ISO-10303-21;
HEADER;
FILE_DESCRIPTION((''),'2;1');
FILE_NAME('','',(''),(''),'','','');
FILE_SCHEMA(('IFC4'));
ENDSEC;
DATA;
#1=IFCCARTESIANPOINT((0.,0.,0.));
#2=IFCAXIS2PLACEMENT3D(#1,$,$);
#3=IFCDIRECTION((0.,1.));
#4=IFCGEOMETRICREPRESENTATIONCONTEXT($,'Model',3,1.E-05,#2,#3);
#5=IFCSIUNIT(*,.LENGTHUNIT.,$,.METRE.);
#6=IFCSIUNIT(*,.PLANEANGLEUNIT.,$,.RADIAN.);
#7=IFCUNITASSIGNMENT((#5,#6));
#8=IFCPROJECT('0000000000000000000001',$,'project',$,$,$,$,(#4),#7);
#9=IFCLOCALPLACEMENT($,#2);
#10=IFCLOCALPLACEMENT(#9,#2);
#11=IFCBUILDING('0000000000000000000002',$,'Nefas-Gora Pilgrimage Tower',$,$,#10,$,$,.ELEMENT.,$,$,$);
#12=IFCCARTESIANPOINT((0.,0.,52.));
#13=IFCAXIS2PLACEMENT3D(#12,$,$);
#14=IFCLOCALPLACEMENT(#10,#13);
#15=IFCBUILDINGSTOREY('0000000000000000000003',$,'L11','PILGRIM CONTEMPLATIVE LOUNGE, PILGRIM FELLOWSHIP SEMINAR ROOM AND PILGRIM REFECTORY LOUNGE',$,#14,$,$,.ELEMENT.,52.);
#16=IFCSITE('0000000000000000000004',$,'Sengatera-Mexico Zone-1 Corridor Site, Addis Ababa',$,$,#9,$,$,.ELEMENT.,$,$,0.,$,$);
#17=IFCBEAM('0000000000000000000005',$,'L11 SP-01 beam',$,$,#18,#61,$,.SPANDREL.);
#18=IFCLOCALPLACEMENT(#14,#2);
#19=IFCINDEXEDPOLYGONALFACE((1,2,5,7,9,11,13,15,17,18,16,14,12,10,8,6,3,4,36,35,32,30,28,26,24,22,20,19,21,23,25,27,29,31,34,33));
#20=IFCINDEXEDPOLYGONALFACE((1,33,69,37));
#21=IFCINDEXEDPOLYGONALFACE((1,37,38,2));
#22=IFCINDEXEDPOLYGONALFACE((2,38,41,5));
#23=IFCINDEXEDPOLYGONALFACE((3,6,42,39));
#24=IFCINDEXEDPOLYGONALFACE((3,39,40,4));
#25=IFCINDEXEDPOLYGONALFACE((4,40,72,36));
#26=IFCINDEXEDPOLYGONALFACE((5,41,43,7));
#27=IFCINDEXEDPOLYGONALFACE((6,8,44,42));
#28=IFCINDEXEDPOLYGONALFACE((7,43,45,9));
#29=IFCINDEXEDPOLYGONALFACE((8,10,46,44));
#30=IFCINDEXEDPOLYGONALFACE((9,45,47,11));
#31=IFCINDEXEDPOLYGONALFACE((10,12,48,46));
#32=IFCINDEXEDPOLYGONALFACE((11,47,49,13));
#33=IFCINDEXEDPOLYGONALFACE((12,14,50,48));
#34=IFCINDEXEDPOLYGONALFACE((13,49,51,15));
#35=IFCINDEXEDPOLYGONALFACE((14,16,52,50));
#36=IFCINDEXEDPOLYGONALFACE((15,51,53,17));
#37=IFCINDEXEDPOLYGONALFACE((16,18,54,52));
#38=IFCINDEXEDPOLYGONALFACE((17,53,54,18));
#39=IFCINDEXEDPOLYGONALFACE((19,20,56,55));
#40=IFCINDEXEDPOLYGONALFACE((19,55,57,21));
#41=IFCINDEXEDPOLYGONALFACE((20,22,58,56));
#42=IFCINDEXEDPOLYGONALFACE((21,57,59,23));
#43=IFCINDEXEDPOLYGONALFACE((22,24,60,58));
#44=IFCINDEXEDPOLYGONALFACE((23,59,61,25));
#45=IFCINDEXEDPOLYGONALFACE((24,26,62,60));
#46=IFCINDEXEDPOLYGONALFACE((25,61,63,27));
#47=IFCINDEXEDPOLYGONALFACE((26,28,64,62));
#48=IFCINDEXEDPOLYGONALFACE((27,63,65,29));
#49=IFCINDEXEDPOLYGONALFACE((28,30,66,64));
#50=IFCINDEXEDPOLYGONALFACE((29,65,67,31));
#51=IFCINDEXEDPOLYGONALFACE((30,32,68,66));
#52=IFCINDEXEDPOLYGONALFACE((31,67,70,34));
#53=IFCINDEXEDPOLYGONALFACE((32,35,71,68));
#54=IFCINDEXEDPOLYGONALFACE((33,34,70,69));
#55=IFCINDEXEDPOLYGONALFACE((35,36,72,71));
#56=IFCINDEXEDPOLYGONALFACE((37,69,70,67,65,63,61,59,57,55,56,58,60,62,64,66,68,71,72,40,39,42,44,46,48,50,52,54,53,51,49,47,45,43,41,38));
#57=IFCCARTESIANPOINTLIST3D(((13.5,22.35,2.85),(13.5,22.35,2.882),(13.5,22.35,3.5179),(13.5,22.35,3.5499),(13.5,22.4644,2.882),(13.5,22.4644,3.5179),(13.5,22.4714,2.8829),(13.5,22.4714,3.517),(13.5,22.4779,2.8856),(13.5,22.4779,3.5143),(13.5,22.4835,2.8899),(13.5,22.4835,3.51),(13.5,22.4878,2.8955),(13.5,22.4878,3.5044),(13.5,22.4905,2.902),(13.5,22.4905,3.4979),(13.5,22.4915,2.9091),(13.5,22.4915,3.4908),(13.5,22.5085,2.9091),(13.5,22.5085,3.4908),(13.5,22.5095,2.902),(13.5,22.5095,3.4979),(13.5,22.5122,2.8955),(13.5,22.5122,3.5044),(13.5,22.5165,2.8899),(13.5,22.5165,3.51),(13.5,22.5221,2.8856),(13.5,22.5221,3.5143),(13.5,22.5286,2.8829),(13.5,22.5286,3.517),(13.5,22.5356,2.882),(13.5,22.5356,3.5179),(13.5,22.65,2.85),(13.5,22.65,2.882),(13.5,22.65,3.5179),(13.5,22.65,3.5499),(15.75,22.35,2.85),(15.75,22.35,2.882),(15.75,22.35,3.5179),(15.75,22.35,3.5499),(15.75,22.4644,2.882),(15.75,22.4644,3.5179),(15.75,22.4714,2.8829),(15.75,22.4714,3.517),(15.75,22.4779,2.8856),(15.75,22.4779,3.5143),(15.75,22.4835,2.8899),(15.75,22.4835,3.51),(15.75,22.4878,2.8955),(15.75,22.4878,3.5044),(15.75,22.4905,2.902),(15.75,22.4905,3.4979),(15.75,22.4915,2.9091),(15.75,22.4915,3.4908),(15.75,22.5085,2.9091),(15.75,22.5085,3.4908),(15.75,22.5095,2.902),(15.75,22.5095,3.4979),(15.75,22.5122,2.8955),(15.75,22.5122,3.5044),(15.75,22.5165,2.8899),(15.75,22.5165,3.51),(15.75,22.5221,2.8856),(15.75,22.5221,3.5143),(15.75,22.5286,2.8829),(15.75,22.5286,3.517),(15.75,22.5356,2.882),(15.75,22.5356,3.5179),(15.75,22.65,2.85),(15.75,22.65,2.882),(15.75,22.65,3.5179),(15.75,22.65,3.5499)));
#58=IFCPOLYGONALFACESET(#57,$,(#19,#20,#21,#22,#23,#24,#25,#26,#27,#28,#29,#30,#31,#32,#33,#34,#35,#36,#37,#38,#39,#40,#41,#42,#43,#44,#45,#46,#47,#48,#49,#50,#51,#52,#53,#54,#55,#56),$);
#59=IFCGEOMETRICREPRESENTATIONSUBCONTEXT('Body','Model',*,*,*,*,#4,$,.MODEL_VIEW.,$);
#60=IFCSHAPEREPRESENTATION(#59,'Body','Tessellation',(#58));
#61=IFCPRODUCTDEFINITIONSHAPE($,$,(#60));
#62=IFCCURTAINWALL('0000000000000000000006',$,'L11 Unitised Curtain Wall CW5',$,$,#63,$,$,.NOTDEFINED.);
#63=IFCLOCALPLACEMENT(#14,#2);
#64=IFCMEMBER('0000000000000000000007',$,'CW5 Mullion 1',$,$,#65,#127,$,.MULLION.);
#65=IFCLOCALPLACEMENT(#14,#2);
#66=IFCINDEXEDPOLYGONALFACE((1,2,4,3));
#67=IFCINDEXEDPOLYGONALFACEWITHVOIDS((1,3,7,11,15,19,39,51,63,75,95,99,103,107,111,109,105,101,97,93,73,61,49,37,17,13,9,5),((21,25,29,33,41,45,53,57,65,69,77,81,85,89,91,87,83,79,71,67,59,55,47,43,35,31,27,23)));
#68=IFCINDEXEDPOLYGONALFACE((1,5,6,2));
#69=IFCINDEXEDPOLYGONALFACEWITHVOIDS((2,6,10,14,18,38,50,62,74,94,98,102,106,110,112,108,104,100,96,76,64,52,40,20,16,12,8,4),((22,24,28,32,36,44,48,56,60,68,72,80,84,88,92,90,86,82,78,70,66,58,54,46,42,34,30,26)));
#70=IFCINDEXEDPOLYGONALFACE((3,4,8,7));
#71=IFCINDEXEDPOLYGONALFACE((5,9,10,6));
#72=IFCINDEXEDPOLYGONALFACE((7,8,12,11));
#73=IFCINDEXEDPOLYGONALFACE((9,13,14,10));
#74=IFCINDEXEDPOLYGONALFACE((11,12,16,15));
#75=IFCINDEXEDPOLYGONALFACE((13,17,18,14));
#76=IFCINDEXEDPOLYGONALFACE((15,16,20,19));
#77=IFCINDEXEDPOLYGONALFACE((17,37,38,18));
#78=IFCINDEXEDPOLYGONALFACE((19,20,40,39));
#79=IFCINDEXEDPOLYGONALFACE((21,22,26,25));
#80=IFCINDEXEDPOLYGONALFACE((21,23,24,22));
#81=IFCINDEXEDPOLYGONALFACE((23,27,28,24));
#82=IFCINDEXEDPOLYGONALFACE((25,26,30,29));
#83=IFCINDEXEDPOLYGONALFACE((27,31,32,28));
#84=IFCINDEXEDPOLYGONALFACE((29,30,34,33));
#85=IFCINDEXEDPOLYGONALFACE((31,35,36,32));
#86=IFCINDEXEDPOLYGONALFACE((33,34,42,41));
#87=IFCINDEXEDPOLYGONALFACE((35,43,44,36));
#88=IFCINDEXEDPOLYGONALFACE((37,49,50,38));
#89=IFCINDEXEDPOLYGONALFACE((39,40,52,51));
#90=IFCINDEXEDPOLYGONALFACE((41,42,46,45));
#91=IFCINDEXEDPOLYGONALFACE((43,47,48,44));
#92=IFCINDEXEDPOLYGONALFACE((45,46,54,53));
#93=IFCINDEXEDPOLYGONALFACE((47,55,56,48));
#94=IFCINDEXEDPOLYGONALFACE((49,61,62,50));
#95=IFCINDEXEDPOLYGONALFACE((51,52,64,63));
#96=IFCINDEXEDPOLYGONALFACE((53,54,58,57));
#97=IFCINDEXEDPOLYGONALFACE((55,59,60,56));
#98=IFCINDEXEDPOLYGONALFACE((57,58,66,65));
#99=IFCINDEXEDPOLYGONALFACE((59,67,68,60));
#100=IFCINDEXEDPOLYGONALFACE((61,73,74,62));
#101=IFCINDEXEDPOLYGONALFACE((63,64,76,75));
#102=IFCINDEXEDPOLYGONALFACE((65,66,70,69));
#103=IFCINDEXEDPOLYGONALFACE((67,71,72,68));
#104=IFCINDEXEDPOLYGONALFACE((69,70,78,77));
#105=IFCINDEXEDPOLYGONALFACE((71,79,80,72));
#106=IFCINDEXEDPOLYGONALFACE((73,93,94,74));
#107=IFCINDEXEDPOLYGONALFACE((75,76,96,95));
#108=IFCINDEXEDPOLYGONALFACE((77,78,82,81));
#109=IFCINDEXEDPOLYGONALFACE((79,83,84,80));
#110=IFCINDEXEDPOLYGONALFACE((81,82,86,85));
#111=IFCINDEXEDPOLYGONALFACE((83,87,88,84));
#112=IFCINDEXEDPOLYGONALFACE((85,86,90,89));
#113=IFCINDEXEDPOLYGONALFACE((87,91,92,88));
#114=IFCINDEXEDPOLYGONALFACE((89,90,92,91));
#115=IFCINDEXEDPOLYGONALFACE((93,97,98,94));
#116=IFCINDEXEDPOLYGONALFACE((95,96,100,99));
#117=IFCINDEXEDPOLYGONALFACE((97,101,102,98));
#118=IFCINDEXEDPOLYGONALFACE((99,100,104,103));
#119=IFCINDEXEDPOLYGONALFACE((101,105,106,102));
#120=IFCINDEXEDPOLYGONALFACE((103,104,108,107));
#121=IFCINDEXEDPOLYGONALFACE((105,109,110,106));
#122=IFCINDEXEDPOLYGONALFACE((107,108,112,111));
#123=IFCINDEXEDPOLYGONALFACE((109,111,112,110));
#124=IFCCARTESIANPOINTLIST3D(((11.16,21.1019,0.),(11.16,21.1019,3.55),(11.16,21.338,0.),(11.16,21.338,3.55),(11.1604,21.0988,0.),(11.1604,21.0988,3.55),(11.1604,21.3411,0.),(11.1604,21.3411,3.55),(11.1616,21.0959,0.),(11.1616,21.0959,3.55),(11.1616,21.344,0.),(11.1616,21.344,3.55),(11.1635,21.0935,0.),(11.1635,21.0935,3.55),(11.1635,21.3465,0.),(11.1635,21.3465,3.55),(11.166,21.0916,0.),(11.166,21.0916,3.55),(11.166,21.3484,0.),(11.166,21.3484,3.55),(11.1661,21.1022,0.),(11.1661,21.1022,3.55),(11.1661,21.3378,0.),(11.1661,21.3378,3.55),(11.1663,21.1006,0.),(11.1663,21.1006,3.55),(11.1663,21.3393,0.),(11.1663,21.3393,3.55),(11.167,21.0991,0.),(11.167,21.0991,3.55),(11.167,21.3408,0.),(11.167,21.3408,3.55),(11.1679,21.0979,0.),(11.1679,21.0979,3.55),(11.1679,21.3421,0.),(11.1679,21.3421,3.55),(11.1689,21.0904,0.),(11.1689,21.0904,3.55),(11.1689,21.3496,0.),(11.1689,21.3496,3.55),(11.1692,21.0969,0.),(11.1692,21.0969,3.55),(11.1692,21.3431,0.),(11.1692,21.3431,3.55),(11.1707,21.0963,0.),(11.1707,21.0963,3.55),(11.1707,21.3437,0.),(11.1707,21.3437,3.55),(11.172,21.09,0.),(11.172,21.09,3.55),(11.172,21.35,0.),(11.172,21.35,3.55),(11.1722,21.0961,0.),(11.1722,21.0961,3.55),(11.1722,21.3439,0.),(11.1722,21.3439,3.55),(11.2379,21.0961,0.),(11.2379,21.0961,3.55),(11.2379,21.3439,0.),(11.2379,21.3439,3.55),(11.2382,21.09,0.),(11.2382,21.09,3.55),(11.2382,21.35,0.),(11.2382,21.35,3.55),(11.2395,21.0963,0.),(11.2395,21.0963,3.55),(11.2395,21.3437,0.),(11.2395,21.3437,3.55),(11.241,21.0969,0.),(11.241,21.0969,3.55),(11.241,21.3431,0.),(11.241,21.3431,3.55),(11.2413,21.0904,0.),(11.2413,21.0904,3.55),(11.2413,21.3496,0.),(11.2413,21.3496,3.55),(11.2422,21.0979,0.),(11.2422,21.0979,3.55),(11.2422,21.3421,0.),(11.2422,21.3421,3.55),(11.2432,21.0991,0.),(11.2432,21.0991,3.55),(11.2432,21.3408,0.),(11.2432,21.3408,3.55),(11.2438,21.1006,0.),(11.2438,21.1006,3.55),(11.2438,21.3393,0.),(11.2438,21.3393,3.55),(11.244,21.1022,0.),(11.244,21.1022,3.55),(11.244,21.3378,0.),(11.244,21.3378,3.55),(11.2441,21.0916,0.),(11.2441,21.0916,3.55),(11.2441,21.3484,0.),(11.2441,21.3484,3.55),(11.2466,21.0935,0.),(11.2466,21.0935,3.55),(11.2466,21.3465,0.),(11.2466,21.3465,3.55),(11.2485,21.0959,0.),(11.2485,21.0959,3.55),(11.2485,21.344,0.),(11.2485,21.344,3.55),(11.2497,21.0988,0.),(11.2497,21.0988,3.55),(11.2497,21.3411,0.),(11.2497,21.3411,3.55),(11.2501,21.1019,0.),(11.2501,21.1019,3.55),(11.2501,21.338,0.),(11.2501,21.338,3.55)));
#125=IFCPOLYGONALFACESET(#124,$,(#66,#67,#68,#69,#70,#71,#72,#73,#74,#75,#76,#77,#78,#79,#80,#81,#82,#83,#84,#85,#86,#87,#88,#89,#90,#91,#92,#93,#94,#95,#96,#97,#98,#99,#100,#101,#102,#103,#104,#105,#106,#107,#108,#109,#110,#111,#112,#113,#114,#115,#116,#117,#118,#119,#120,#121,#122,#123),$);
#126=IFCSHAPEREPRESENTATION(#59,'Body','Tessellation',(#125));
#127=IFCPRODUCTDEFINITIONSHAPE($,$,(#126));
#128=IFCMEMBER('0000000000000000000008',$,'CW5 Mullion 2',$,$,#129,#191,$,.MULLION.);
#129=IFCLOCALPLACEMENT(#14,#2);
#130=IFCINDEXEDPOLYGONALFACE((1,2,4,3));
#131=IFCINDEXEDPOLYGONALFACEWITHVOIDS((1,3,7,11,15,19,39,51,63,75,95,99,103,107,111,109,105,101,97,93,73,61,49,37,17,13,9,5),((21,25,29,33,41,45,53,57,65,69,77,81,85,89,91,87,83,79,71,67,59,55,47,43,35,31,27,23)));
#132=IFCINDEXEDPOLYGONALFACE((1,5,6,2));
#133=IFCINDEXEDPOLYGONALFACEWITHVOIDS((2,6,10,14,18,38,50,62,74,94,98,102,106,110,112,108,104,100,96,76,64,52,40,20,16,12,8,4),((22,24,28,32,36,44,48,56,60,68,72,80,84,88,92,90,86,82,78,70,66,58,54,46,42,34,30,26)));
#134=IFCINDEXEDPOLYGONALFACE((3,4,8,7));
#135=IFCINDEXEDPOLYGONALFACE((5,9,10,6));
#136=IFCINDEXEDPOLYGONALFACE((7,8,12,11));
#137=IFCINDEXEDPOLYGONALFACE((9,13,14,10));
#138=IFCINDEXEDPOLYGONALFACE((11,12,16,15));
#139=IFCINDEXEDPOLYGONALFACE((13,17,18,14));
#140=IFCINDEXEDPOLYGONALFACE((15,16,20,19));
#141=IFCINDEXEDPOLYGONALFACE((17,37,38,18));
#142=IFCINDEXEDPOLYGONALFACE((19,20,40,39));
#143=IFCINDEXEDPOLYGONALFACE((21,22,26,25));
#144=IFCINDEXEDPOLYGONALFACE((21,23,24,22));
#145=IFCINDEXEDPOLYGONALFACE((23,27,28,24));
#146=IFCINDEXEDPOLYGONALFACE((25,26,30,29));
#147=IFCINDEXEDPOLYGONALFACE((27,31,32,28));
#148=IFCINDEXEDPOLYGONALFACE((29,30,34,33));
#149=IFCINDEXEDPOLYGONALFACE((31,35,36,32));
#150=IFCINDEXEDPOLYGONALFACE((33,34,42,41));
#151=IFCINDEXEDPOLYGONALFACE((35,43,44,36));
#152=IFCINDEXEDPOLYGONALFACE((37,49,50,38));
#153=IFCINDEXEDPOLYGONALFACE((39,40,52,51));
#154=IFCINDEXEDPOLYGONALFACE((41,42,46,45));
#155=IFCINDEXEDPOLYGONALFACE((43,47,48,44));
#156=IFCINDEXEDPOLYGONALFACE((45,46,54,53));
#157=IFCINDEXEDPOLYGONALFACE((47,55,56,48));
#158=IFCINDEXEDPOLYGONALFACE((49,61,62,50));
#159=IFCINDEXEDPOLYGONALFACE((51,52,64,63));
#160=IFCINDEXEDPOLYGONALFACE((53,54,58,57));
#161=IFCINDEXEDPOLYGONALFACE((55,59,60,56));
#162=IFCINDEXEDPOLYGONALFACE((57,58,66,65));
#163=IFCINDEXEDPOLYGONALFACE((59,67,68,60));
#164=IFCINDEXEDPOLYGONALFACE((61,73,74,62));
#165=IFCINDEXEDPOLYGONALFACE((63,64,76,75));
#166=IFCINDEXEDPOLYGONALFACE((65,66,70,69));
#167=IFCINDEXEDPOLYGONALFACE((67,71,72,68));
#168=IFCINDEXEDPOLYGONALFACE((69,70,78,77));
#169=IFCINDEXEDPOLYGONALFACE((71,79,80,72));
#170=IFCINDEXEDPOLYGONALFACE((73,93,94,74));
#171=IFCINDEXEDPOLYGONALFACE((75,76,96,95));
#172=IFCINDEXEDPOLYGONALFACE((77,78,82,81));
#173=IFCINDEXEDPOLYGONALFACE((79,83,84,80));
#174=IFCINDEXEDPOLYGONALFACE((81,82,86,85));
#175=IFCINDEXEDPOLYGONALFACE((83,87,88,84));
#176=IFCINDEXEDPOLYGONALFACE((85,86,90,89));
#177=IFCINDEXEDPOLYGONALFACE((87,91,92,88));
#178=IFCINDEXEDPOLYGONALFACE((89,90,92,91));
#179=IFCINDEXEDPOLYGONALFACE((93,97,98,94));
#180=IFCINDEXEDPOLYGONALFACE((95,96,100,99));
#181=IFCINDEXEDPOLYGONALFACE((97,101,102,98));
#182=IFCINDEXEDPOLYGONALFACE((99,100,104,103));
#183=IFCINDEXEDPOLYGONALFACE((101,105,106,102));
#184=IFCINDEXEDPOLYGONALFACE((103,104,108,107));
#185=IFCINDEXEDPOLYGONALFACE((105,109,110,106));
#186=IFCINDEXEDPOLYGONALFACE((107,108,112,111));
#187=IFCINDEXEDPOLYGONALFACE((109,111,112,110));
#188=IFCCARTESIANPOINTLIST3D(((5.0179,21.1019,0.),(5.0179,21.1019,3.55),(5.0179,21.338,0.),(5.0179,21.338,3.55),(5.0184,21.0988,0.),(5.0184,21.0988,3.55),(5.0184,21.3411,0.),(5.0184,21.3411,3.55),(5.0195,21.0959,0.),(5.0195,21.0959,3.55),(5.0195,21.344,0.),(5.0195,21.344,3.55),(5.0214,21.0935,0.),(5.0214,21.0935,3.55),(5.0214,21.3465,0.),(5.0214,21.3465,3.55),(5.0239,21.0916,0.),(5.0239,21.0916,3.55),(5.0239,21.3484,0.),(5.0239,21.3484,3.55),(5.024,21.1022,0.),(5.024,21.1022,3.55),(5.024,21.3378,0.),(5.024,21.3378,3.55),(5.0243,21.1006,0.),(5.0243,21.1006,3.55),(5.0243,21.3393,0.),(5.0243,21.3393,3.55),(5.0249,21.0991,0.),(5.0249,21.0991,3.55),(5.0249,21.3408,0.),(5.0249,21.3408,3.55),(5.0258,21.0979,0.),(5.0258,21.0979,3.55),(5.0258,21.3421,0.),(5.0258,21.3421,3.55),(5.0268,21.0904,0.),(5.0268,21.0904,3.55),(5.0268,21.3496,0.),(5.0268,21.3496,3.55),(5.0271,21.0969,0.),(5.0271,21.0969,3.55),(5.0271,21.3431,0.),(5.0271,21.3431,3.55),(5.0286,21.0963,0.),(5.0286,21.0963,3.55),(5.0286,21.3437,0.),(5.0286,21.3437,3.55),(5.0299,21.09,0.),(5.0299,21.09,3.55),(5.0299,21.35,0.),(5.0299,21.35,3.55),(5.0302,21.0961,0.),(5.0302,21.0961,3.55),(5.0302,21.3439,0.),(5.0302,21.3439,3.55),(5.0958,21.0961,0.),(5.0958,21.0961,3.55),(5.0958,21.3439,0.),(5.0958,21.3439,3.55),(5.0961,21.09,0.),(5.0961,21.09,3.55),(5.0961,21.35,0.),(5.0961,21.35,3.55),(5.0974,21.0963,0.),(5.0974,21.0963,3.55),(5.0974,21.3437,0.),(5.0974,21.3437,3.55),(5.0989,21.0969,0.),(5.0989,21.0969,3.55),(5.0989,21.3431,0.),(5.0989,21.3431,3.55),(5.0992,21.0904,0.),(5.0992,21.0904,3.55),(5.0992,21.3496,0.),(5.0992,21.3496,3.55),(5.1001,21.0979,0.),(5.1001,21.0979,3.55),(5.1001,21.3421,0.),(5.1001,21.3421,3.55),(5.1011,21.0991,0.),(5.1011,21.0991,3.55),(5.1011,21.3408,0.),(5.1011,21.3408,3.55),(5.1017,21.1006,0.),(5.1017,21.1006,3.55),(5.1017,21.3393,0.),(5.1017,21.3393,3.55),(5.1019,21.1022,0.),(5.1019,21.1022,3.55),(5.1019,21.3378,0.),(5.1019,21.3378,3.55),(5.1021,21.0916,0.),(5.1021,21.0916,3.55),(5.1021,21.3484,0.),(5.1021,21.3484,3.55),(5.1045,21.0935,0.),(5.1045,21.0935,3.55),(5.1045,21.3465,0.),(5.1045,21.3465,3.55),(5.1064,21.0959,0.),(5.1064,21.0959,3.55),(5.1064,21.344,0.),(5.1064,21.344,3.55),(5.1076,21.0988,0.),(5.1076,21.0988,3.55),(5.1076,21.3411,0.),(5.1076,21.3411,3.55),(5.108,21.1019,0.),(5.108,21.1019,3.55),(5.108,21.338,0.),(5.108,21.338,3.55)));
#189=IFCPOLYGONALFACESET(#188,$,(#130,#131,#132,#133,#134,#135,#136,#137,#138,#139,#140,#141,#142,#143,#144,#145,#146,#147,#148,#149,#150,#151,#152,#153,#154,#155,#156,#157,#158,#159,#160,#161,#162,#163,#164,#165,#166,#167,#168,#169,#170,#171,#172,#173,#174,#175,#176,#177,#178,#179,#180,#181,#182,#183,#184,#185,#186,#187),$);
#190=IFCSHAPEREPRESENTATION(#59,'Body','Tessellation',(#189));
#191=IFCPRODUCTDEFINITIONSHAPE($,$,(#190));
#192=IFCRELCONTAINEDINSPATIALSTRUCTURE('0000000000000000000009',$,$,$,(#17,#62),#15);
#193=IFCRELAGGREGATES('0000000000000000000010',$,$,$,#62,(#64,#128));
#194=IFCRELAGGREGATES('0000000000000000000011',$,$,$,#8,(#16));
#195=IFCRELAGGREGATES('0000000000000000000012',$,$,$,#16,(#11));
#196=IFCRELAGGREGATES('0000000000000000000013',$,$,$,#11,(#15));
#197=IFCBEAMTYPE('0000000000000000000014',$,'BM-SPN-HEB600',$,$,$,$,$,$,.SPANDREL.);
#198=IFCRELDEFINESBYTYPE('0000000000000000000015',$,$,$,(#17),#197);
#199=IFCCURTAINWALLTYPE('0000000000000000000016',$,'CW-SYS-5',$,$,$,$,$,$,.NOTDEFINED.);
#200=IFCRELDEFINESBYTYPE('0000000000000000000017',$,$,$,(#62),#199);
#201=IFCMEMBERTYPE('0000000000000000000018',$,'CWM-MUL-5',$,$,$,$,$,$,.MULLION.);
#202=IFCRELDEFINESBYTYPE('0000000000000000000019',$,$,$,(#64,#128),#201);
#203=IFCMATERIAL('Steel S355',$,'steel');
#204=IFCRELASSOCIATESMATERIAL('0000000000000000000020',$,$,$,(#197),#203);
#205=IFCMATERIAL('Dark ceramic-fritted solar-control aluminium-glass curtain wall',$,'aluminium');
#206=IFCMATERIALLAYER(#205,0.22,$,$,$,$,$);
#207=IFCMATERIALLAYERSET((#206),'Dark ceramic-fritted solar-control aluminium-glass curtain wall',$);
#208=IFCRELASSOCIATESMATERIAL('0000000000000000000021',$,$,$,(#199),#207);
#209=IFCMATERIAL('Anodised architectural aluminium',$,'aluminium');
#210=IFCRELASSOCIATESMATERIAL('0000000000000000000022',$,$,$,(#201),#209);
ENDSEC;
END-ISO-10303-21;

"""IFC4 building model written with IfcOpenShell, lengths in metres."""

from ifc_helpers import new_model, si_unit, direction, frame, origin, origin_2d, place, context, subcontext, project, spatial, hollow_rectangle, i_section, extrude, source, transform, mapped, material, layer, layer_set, material_profile, profile_set, type_object, element, aggregate, save


model = new_model("IFC4")

# Units and contexts
model_context = context("Model", 3, precision=1e-05, world=origin(), true_north=direction((0.0, 1.0)))
body_context = subcontext(model_context, "Body", "Model", "MODEL_VIEW")
ifc_project = project(units=[si_unit("LENGTHUNIT", "METRE"), si_unit("PLANEANGLEUNIT", "RADIAN")], contexts=[model_context])

# Site, building, storey
site_placement = place(None, origin())
site = spatial("IfcSite", under=ifc_project, at=site_placement, Name="Sengatera-Mexico Zone-1 Corridor Site, Addis Ababa", CompositionType="ELEMENT", RefElevation=0.0)
building_placement = place(site_placement, origin())
building = spatial("IfcBuilding", under=site, at=building_placement, Name="Nefas-Gora Pilgrimage Tower", CompositionType="ELEMENT")
storey_placement = place(building_placement, frame((0.0, 0.0, 52.0)))
storey = spatial("IfcBuildingStorey", under=building, at=storey_placement, Name="L11", Description="PILGRIM CONTEMPLATIVE LOUNGE, PILGRIM FELLOWSHIP SEMINAR ROOM AND PILGRIM REFECTORY LOUNGE", CompositionType="ELEMENT", Elevation=52.0)

# Beam
ifc_material_1 = material(Name="Steel S355", Category="steel")
ifc_material_profile_1 = material_profile(ifc_material_1, i_section(OverallWidth=0.3, OverallDepth=0.7, WebThickness=0.0171, FlangeThickness=0.032, FilletRadius=0.0271, at=origin_2d()), Name="HEB 700")
ifc_profile_set_1 = profile_set([ifc_material_profile_1], Name="Steel S355")
beam_type_1 = type_object("IfcBeamType", Name="BM-SPN-HEB600", PredefinedType="SPANDREL", material=ifc_profile_set_1)
shared_shape_1 = source(origin(), body_context, "Body", "SweptSolid", [
    extrude(i_section(OverallWidth=0.3, OverallDepth=0.7, WebThickness=0.0171, FlangeThickness=0.032, FilletRadius=0.0271, at=origin_2d()), origin(), (0.0, 0.0, 1.0), 2.25),
])
beam_1_placement = place(storey_placement, frame((13.5, 22.5, 3.2), z_axis=(1.0, 0.0, 0.0), x_axis=(0.0, 1.0, 0.0)))
element("IfcBeam", 1, at=beam_1_placement, inside=storey, type_object=beam_type_1, Name="L11 SP-01 beam", PredefinedType="SPANDREL", context=body_context, shape_type="MappedRepresentation", body=[
    mapped(shared_shape_1, transform((0.0, 0.0, 0.0), x_axis=(1.0, 0.0, 0.0), y_axis=(0.0, 1.0, 0.0), z_axis=(0.0, 0.0, 1.0), scale=1.0)),
])

# Curtain wall, members
ifc_material_2 = material(Name="Dark ceramic-fritted solar-control aluminium-glass curtain wall", Category="aluminium")
ifc_layer_1 = layer(ifc_material_2, 0.22)
ifc_layer_set_1 = layer_set([ifc_layer_1], Name="Dark ceramic-fritted solar-control aluminium-glass curtain wall")
curtain_wall_type_1 = type_object("IfcCurtainWallType", Name="CW-SYS-5", PredefinedType="NOTDEFINED", material=ifc_layer_set_1)
curtain_wall_1_placement = place(storey_placement, origin())
curtain_wall_1 = element("IfcCurtainWall", 2, at=curtain_wall_1_placement, inside=storey, type_object=curtain_wall_type_1, Name="L11 Unitised Curtain Wall CW5", PredefinedType="NOTDEFINED")
ifc_material_3 = material(Name="Anodised architectural aluminium", Category="aluminium")
ifc_material_profile_2 = material_profile(ifc_material_3, hollow_rectangle(XDim=0.0901, YDim=0.26, WallThickness=0.0061, InnerFilletRadius=0.0061, OuterFilletRadius=0.012, at=origin_2d()), Name="ALU MULLION 90x260")
ifc_profile_set_2 = profile_set([ifc_material_profile_2], Name="Anodised architectural aluminium")
member_type_1 = type_object("IfcMemberType", Name="CWM-MUL-5", PredefinedType="MULLION", material=ifc_profile_set_2)
shared_shape_2 = source(origin(), body_context, "Body", "SweptSolid", [
    extrude(hollow_rectangle(XDim=0.0901, YDim=0.26, WallThickness=0.0061, InnerFilletRadius=0.0061, OuterFilletRadius=0.012, at=origin_2d()), origin(), (0.0, 0.0, 1.0), 3.55),
])
member_1_placement = place(storey_placement, frame((11.2051, 21.22, 0.0), z_axis=(0.0, 0.0, 1.0), x_axis=(-1.0, 0.0, 0.0)))
member_1 = element("IfcMember", 3, at=member_1_placement, type_object=member_type_1, Name="CW5 Mullion 1", PredefinedType="MULLION", context=body_context, shape_type="MappedRepresentation", body=[
    mapped(shared_shape_2, transform((0.0, 0.0, 0.0), x_axis=(1.0, 0.0, 0.0), y_axis=(0.0, 1.0, 0.0), z_axis=(0.0, 0.0, 1.0), scale=1.0)),
])
member_2_placement = place(storey_placement, frame((5.063, 21.22, 0.0), z_axis=(0.0, 0.0, 1.0), x_axis=(-1.0, 0.0, 0.0)))
member_2 = element("IfcMember", 4, at=member_2_placement, type_object=member_type_1, Name="CW5 Mullion 2", PredefinedType="MULLION", context=body_context, shape_type="MappedRepresentation", body=[
    mapped(shared_shape_2, transform((0.0, 0.0, 0.0), x_axis=(1.0, 0.0, 0.0), y_axis=(0.0, 1.0, 0.0), z_axis=(0.0, 0.0, 1.0), scale=1.0)),
])

aggregate(curtain_wall_1, [member_1, member_2])

save(model, "model.ifc")
